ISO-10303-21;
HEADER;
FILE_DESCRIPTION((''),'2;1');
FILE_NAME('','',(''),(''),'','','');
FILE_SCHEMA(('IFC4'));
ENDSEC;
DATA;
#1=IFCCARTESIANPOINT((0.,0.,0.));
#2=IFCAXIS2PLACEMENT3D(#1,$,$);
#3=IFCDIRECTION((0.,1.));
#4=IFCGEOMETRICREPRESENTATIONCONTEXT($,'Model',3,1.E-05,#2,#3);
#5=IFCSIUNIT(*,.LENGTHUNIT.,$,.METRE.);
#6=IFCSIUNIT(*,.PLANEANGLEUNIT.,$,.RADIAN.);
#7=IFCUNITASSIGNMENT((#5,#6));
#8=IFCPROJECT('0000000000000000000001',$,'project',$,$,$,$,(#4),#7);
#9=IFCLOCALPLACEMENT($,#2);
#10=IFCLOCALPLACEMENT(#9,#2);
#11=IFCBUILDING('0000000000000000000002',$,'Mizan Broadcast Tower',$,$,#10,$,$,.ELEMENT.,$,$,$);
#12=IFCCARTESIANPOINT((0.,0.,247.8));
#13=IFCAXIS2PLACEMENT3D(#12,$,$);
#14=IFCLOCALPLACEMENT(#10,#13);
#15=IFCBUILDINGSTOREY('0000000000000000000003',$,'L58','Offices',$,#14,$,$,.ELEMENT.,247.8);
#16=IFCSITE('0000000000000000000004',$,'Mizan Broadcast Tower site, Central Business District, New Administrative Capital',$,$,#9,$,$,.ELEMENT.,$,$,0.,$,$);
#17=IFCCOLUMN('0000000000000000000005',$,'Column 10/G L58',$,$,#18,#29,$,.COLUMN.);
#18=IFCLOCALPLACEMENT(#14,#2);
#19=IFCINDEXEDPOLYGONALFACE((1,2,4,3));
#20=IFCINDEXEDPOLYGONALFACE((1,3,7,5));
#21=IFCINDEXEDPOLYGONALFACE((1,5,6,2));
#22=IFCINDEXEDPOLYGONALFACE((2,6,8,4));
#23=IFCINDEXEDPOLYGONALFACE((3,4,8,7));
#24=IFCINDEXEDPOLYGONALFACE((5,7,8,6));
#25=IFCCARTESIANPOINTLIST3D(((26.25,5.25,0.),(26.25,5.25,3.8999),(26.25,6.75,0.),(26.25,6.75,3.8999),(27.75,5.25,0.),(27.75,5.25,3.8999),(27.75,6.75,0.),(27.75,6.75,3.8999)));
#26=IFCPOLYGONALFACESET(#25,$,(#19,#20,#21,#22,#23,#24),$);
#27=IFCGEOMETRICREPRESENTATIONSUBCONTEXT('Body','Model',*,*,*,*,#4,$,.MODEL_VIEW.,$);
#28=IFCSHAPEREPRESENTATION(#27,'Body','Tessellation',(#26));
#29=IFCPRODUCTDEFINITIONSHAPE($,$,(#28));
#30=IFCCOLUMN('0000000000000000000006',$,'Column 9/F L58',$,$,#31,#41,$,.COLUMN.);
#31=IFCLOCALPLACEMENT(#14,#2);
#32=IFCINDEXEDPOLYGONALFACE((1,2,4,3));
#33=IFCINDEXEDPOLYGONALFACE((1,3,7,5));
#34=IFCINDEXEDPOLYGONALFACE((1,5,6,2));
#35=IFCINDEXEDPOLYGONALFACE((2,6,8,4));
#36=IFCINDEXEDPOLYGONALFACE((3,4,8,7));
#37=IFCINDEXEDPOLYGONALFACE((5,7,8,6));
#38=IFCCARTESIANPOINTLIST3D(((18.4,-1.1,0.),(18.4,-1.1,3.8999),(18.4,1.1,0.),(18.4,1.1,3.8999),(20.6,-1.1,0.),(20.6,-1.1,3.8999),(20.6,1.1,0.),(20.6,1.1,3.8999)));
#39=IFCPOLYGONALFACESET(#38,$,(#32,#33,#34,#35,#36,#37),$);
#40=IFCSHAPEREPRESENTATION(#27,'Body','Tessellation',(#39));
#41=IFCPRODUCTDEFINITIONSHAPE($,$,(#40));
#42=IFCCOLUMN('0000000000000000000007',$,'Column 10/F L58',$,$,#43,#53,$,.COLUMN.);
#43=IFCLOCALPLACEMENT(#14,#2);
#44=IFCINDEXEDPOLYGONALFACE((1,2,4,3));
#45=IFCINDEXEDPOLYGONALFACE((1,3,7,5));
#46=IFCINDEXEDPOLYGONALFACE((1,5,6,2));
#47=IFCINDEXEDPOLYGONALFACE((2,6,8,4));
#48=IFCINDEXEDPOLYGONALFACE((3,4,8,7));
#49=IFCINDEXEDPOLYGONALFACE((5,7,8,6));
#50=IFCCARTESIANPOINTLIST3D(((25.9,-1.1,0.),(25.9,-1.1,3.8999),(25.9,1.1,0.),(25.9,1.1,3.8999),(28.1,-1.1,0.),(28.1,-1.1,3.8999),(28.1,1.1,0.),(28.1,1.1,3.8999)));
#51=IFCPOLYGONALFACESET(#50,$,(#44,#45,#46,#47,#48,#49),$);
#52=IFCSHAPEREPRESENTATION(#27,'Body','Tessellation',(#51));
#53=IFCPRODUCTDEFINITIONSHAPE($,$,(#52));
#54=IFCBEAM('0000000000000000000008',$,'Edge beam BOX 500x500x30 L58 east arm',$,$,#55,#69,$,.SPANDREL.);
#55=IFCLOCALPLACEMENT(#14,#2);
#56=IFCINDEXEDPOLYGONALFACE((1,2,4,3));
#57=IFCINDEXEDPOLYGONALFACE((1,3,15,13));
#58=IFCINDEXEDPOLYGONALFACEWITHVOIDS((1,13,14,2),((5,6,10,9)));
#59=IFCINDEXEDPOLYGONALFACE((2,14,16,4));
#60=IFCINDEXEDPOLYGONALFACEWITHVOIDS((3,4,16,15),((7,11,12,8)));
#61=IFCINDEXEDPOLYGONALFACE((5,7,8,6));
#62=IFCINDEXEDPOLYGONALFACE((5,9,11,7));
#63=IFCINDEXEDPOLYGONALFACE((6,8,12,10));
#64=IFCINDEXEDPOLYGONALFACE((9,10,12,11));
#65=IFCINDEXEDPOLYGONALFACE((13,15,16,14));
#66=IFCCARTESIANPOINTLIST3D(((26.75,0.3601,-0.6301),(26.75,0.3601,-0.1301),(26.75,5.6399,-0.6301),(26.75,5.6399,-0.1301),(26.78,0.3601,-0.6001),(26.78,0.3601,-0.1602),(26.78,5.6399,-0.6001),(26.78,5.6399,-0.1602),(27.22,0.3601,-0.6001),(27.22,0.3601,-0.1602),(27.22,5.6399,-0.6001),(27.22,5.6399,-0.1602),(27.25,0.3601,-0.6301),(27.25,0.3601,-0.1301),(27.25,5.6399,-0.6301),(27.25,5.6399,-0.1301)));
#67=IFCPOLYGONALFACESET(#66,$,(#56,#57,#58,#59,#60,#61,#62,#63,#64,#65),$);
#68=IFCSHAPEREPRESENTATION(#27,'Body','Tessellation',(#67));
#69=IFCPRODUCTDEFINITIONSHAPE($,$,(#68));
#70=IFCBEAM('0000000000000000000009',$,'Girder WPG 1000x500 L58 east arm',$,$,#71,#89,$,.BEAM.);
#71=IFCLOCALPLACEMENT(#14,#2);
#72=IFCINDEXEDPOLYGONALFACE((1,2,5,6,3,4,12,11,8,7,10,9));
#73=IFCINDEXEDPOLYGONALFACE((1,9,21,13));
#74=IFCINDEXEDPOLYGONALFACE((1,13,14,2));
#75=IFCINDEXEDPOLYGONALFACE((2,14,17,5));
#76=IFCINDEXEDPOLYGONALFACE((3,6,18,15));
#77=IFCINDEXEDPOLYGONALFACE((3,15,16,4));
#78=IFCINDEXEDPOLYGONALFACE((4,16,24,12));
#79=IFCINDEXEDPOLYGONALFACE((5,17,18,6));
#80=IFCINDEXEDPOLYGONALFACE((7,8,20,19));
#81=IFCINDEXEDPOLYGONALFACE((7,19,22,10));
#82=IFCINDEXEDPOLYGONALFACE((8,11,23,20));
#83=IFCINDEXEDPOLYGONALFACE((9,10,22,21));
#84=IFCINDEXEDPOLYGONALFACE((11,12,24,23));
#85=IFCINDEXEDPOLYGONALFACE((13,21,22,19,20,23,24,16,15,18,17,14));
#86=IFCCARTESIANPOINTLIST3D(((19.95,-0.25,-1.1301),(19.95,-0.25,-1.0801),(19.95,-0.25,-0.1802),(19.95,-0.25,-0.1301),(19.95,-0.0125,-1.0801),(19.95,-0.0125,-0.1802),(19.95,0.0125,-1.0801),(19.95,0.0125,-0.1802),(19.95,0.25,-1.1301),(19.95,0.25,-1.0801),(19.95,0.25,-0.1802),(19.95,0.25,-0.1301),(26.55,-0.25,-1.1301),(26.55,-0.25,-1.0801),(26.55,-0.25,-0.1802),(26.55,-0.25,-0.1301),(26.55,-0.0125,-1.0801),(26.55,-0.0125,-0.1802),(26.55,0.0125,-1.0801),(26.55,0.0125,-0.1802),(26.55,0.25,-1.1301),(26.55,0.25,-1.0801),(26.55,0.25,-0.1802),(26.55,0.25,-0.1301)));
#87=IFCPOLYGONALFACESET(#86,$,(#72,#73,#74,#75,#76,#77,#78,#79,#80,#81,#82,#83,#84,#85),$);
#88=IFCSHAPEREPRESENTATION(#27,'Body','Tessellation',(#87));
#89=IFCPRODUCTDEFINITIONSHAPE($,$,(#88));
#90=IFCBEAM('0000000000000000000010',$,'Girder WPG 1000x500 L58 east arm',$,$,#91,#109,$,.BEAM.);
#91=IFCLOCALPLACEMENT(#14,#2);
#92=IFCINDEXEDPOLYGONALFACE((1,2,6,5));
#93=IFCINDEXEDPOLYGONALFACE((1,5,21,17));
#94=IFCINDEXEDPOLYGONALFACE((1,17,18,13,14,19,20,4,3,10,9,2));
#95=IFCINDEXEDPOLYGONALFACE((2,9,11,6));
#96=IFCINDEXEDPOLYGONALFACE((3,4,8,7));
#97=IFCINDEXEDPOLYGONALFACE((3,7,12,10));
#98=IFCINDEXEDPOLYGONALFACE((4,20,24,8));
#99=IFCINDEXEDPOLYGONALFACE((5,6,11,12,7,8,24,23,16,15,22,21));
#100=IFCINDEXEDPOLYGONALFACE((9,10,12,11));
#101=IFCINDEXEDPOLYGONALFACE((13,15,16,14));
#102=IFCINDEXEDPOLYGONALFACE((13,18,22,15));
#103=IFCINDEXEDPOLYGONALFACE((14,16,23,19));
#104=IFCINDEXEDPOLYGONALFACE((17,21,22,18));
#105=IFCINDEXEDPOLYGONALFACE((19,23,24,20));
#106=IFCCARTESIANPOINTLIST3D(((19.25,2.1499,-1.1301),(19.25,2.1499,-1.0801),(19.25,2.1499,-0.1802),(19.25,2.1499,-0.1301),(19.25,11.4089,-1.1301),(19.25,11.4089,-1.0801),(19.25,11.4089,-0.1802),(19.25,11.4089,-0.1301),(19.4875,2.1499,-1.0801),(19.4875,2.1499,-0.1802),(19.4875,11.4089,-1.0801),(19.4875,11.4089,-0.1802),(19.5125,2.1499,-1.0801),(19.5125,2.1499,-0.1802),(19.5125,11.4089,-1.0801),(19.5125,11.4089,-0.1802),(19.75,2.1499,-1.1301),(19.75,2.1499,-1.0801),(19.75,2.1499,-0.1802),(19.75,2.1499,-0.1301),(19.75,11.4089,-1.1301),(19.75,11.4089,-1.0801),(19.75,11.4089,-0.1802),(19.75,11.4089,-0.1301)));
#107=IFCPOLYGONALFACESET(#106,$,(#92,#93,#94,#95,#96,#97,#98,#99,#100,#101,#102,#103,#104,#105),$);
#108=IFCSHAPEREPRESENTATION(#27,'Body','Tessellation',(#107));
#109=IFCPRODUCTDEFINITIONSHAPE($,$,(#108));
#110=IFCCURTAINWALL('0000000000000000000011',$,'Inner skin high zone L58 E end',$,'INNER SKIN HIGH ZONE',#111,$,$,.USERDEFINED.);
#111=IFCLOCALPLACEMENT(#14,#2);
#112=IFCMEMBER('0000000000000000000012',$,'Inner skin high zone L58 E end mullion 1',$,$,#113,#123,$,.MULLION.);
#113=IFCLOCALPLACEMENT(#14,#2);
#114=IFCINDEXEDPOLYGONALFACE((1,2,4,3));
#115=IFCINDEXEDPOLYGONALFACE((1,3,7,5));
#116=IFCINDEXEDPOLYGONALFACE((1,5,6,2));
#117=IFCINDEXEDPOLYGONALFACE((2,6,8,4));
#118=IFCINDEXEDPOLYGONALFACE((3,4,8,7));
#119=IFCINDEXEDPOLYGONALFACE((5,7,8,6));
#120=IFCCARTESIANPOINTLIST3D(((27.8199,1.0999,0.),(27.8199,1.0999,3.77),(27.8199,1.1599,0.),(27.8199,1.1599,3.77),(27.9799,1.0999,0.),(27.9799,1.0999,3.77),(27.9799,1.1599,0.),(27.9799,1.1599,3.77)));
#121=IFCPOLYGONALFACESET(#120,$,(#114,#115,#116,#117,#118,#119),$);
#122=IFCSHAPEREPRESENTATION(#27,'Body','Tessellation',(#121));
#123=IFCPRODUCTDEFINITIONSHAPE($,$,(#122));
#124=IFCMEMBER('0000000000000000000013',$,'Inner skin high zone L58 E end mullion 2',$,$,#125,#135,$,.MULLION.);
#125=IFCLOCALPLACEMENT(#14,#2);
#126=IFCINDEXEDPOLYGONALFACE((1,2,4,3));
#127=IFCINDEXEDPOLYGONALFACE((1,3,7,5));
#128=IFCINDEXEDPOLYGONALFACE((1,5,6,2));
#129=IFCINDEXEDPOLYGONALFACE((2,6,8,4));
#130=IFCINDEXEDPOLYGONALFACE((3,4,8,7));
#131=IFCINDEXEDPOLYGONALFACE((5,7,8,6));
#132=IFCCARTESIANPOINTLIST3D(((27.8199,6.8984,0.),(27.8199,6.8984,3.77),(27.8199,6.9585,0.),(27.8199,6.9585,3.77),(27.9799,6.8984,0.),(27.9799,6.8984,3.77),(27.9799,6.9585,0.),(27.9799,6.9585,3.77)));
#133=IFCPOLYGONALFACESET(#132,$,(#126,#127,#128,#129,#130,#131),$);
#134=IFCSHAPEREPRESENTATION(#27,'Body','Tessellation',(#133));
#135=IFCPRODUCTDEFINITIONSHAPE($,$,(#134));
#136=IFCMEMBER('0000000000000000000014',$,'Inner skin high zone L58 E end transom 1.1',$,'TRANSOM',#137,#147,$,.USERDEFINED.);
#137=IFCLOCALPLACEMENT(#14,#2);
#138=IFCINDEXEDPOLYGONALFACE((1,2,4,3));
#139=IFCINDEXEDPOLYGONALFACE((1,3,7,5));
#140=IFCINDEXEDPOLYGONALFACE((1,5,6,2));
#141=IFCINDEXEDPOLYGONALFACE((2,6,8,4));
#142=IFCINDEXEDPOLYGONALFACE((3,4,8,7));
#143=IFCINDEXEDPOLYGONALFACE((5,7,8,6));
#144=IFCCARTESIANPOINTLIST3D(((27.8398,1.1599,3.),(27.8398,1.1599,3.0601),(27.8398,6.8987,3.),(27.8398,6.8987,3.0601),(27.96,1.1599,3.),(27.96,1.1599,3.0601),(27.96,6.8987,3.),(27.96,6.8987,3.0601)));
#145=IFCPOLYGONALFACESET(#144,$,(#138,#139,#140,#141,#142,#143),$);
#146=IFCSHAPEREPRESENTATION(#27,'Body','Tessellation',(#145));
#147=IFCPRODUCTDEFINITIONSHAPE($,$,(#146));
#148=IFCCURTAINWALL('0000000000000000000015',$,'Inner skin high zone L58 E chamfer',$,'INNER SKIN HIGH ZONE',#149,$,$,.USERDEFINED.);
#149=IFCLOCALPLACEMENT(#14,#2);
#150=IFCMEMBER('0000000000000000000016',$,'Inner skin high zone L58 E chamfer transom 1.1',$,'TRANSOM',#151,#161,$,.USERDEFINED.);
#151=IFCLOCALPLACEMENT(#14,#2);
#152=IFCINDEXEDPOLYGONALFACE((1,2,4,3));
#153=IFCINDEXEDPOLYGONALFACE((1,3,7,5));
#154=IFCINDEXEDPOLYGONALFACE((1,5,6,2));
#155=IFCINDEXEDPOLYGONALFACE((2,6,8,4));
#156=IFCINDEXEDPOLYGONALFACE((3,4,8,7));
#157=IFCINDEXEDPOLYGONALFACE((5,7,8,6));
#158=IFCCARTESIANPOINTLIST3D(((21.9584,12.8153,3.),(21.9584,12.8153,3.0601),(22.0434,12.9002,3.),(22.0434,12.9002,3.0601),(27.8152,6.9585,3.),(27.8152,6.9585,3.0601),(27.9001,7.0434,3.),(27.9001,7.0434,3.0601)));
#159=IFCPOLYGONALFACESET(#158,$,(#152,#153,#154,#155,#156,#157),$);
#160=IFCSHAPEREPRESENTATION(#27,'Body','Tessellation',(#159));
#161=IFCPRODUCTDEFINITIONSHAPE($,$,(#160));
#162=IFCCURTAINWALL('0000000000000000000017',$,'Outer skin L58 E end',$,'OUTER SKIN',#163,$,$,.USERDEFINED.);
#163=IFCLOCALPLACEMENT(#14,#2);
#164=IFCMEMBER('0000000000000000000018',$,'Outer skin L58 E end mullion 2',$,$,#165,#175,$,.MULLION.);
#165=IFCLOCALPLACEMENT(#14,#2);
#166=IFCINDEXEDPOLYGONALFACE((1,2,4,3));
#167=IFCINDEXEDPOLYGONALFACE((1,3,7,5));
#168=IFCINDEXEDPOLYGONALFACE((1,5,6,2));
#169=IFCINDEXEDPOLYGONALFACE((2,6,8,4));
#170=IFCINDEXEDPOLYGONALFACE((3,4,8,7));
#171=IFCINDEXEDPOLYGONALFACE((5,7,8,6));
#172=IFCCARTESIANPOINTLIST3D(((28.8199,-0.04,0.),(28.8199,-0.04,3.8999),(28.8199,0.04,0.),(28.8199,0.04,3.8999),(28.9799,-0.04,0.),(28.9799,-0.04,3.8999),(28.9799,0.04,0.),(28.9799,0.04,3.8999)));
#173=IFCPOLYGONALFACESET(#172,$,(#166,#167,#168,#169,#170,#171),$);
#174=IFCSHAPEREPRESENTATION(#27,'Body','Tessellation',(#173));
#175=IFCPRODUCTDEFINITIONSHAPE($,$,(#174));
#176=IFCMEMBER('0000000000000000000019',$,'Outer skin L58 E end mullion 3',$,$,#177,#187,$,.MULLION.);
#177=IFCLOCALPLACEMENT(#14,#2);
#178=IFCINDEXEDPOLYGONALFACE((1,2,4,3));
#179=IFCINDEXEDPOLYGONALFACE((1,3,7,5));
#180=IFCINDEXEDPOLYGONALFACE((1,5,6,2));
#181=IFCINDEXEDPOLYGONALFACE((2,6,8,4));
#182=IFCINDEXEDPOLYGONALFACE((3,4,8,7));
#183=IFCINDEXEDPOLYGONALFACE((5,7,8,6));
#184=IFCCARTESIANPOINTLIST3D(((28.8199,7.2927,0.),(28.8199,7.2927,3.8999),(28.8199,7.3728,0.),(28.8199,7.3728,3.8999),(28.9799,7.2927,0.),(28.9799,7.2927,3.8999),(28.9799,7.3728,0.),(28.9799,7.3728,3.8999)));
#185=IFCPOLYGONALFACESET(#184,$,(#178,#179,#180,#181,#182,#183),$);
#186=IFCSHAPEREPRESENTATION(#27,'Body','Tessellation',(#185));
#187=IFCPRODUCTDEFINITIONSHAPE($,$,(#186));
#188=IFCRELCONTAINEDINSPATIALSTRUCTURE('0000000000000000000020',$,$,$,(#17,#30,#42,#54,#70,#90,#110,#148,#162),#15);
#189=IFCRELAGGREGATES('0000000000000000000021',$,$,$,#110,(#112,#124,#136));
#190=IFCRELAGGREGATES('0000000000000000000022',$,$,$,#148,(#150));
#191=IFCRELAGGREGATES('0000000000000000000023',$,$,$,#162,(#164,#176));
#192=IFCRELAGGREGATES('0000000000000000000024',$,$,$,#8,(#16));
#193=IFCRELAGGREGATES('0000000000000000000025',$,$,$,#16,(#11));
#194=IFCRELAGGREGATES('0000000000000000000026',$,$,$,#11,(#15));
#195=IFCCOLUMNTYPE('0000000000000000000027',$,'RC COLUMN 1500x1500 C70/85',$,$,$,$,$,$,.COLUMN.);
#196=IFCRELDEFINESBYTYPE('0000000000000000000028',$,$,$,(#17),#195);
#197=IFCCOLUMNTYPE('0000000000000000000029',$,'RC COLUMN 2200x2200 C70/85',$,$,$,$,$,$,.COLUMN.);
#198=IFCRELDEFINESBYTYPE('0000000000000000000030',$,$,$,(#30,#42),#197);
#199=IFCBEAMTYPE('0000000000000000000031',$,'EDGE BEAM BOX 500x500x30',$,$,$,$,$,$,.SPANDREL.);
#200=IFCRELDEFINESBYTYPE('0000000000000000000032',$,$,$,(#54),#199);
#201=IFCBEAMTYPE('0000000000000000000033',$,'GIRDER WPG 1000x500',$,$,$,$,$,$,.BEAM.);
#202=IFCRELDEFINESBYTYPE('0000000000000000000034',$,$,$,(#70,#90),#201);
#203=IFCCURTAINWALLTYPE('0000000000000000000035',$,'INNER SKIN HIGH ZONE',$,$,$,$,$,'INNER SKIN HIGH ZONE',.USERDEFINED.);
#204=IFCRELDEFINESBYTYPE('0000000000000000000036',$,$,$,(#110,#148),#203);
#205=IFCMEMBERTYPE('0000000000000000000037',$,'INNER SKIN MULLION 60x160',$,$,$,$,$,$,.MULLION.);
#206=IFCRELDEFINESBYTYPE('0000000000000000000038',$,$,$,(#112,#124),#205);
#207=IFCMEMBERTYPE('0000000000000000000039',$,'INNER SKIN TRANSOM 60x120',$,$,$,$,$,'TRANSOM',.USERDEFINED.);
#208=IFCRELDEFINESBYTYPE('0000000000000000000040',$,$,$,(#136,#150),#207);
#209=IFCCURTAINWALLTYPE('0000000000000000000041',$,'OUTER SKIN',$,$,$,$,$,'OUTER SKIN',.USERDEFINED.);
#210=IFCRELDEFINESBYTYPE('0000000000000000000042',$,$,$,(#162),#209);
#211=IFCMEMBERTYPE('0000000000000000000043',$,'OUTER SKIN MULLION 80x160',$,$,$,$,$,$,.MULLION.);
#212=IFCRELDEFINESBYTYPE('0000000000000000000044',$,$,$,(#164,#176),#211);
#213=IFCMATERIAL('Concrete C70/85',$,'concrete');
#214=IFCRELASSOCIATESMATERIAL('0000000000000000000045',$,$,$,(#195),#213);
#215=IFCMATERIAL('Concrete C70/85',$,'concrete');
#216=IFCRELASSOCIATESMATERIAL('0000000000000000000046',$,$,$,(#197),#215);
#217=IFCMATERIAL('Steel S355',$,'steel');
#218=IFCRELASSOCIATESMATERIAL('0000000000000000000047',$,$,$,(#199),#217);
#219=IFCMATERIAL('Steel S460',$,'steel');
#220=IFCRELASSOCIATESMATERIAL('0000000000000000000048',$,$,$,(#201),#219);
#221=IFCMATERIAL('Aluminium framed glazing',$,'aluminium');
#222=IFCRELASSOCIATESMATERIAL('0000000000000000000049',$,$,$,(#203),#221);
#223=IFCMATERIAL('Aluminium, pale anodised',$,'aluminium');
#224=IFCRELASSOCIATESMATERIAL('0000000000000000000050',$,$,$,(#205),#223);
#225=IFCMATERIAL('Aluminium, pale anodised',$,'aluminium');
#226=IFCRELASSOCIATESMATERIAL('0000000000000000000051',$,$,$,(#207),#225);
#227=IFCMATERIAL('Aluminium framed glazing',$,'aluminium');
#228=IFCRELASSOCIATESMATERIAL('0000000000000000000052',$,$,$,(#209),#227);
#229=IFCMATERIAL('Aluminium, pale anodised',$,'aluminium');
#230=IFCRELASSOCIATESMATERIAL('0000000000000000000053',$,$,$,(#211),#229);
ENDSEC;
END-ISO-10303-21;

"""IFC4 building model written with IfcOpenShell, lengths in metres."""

from ifc_helpers import new_model, si_unit, direction, frame, origin, origin_2d, place, context, subcontext, project, spatial, rectangle, hollow_rectangle, i_section, extrude, material, material_profile, profile_set, type_object, element, aggregate, save


model = new_model("IFC4")

# Units and contexts
model_context = context("Model", 3, precision=1e-05, world=origin(), true_north=direction((0.0, 1.0)))
body_context = subcontext(model_context, "Body", "Model", "MODEL_VIEW")
ifc_project = project(units=[si_unit("LENGTHUNIT", "METRE"), si_unit("PLANEANGLEUNIT", "RADIAN")], contexts=[model_context])

# Site, building, storey
site_placement = place(None, origin())
site = spatial("IfcSite", under=ifc_project, at=site_placement, Name="Mizan Broadcast Tower site, Central Business District, New Administrative Capital", CompositionType="ELEMENT", RefElevation=0.0)
building_placement = place(site_placement, origin())
building = spatial("IfcBuilding", under=site, at=building_placement, Name="Mizan Broadcast Tower", CompositionType="ELEMENT")
storey_placement = place(building_placement, frame((0.0, 0.0, 247.8)))
storey = spatial("IfcBuildingStorey", under=building, at=storey_placement, Name="L58", Description="Offices", CompositionType="ELEMENT", Elevation=247.8)

# Columns
ifc_material_1 = material(Name="Concrete C70/85", Category="concrete")
ifc_material_profile_1 = material_profile(ifc_material_1, rectangle(XDim=1.5, YDim=1.5, at=origin_2d()), Name="RC 1500x1500")
ifc_profile_set_1 = profile_set([ifc_material_profile_1], Name="Concrete C70/85")
column_type_1 = type_object("IfcColumnType", Name="RC COLUMN 1500x1500 C70/85", PredefinedType="COLUMN", material=ifc_profile_set_1)
column_placement = place(storey_placement, frame((27.0, 6.0, 0.0), z_axis=(0.0, 0.0, 1.0), x_axis=(1.0, 0.0, 0.0)))
element("IfcColumn", 1, at=column_placement, inside=storey, type_object=column_type_1, Name="Column 10/G L58", PredefinedType="COLUMN", context=body_context, shape_type="SweptSolid", body=[
    extrude(rectangle(XDim=1.5, YDim=1.5, at=origin_2d()), origin(), (0.0, 0.0, 1.0), 3.8999),
])
ifc_material_2 = material(Name="Concrete C70/85", Category="concrete")
ifc_material_profile_2 = material_profile(ifc_material_2, rectangle(XDim=2.2, YDim=2.2, at=origin_2d()), Name="RC 2200x2200")
ifc_profile_set_2 = profile_set([ifc_material_profile_2], Name="Concrete C70/85")
column_type_2 = type_object("IfcColumnType", Name="RC COLUMN 2200x2200 C70/85", PredefinedType="COLUMN", material=ifc_profile_set_2)
for number, where, z_axis, x_axis, name in (
    (2, (19.5, 0.0, 0.0), (0.0, 0.0, 1.0), (1.0, 0.0, 0.0), "Column 9/F L58"),
    (3, (27.0, 0.0, 0.0), (0.0, 0.0, 1.0), (1.0, 0.0, 0.0), "Column 10/F L58"),
):
    element("IfcColumn", number, at=place(storey_placement, frame(where, z_axis=z_axis, x_axis=x_axis)), inside=storey, type_object=column_type_2, Name=name, PredefinedType="COLUMN", context=body_context, shape_type="SweptSolid", body=[
        extrude(rectangle(XDim=2.2, YDim=2.2, at=origin_2d()), origin(), (0.0, 0.0, 1.0), 3.8999),
    ])

# Beams
ifc_material_3 = material(Name="Steel S355", Category="steel")
ifc_material_profile_3 = material_profile(ifc_material_3, hollow_rectangle(XDim=0.5, YDim=0.5, WallThickness=0.03, at=origin_2d()), Name="BOX 500x500x30")
ifc_profile_set_3 = profile_set([ifc_material_profile_3], Name="Steel S355")
beam_type_1 = type_object("IfcBeamType", Name="EDGE BEAM BOX 500x500x30", PredefinedType="SPANDREL", material=ifc_profile_set_3)
beam_1_placement = place(storey_placement, frame((27.0, 5.6399, -0.3801), z_axis=(0.0, -1.0, 0.0), x_axis=(1.0, 0.0, 0.0)))
element("IfcBeam", 4, at=beam_1_placement, inside=storey, type_object=beam_type_1, Name="Edge beam BOX 500x500x30 L58 east arm", PredefinedType="SPANDREL", context=body_context, shape_type="SweptSolid", body=[
    extrude(hollow_rectangle(XDim=0.5, YDim=0.5, WallThickness=0.03, at=origin_2d()), origin(), (0.0, 0.0, 1.0), 5.2798),
])
ifc_material_4 = material(Name="Steel S460", Category="steel")
ifc_material_profile_4 = material_profile(ifc_material_4, i_section(OverallWidth=0.5, OverallDepth=1.0, WebThickness=0.0249, FlangeThickness=0.05, at=origin_2d()), Name="WPG 1000x500")
ifc_profile_set_4 = profile_set([ifc_material_profile_4], Name="Steel S460")
beam_type_2 = type_object("IfcBeamType", Name="GIRDER WPG 1000x500", PredefinedType="BEAM", material=ifc_profile_set_4)
beam_2_placement = place(storey_placement, frame((19.95, 0.0, -0.6301), z_axis=(1.0, 0.0, 0.0), x_axis=(0.0, 1.0, 0.0)))
element("IfcBeam", 5, at=beam_2_placement, inside=storey, type_object=beam_type_2, Name="Girder WPG 1000x500 L58 east arm", PredefinedType="BEAM", context=body_context, shape_type="SweptSolid", body=[
    extrude(i_section(OverallWidth=0.5, OverallDepth=1.0, WebThickness=0.0249, FlangeThickness=0.05, at=origin_2d()), origin(), (0.0, 0.0, 1.0), 6.6001),
])
beam_3_placement = place(storey_placement, frame((19.5, 11.4089, -0.6301), z_axis=(0.0, -1.0, 0.0), x_axis=(1.0, 0.0, 0.0)))
element("IfcBeam", 6, at=beam_3_placement, inside=storey, type_object=beam_type_2, Name="Girder WPG 1000x500 L58 east arm", PredefinedType="BEAM", context=body_context, shape_type="SweptSolid", body=[
    extrude(i_section(OverallWidth=0.5, OverallDepth=1.0, WebThickness=0.0249, FlangeThickness=0.05, at=origin_2d()), origin(), (0.0, 0.0, 1.0), 9.259),
])

# Curtain wall, members
ifc_material_5 = material(Name="Aluminium framed glazing", Category="aluminium")
curtain_wall_type_1 = type_object("IfcCurtainWallType", Name="INNER SKIN HIGH ZONE", ElementType="INNER SKIN HIGH ZONE", PredefinedType="USERDEFINED", material=ifc_material_5)
curtain_wall_1_placement = place(storey_placement, origin())
curtain_wall_1 = element("IfcCurtainWall", 7, at=curtain_wall_1_placement, inside=storey, type_object=curtain_wall_type_1, Name="Inner skin high zone L58 E end", ObjectType="INNER SKIN HIGH ZONE", PredefinedType="USERDEFINED")
ifc_material_6 = material(Name="Aluminium, pale anodised", Category="aluminium")
ifc_material_profile_5 = material_profile(ifc_material_6, rectangle(XDim=0.1599, YDim=0.0601, at=origin_2d()), Name="MULLION 160x60")
ifc_profile_set_5 = profile_set([ifc_material_profile_5], Name="Aluminium, pale anodised")
member_type_1 = type_object("IfcMemberType", Name="INNER SKIN MULLION 60x160", PredefinedType="MULLION", material=ifc_profile_set_5)
member_1_placement = place(storey_placement, frame((27.8999, 1.1299, 0.0), z_axis=(0.0, 0.0, 1.0), x_axis=(-1.0, 0.0, 0.0)))
member_1 = element("IfcMember", 8, at=member_1_placement, type_object=member_type_1, Name="Inner skin high zone L58 E end mullion 1", PredefinedType="MULLION", context=body_context, shape_type="SweptSolid", body=[
    extrude(rectangle(XDim=0.1599, YDim=0.0601, at=origin_2d()), origin(), (0.0, 0.0, 1.0), 3.77),
])
member_2_placement = place(storey_placement, frame((27.8999, 6.9285, 0.0), z_axis=(0.0, 0.0, 1.0), x_axis=(-1.0, 0.0, 0.0)))
member_2 = element("IfcMember", 9, at=member_2_placement, type_object=member_type_1, Name="Inner skin high zone L58 E end mullion 2", PredefinedType="MULLION", context=body_context, shape_type="SweptSolid", body=[
    extrude(rectangle(XDim=0.1599, YDim=0.0601, at=origin_2d()), origin(), (0.0, 0.0, 1.0), 3.77),
])
ifc_material_7 = material(Name="Aluminium, pale anodised", Category="aluminium")
ifc_material_profile_6 = material_profile(ifc_material_7, rectangle(XDim=0.1201, YDim=0.0601, at=origin_2d()), Name="TRANSOM 120x60")
ifc_profile_set_6 = profile_set([ifc_material_profile_6], Name="Aluminium, pale anodised")
member_type_2 = type_object("IfcMemberType", Name="INNER SKIN TRANSOM 60x120", ElementType="TRANSOM", PredefinedType="USERDEFINED", material=ifc_profile_set_6)
member_3_placement = place(storey_placement, frame((27.8999, 1.1599, 3.03), z_axis=(0.0, 1.0, 0.0), x_axis=(-1.0, 0.0, 0.0)))
member_3 = element("IfcMember", 10, at=member_3_placement, type_object=member_type_2, Name="Inner skin high zone L58 E end transom 1.1", ObjectType="TRANSOM", PredefinedType="USERDEFINED", context=body_context, shape_type="SweptSolid", body=[
    extrude(rectangle(XDim=0.1201, YDim=0.0601, at=origin_2d()), origin(), (0.0, 0.0, 1.0), 5.7388),
])

# Curtain wall, member
curtain_wall_2_placement = place(storey_placement, origin())
curtain_wall_2 = element("IfcCurtainWall", 11, at=curtain_wall_2_placement, inside=storey, type_object=curtain_wall_type_1, Name="Inner skin high zone L58 E chamfer", ObjectType="INNER SKIN HIGH ZONE", PredefinedType="USERDEFINED")
member_4_placement = place(storey_placement, frame((27.8577, 7.001, 3.03), z_axis=(-0.707107, 0.707107, 0.0), x_axis=(-0.707107, -0.707107, 0.0)))
member_4 = element("IfcMember", 12, at=member_4_placement, type_object=member_type_2, Name="Inner skin high zone L58 E chamfer transom 1.1", ObjectType="TRANSOM", PredefinedType="USERDEFINED", context=body_context, shape_type="SweptSolid", body=[
    extrude(rectangle(XDim=0.1201, YDim=0.0601, at=origin_2d()), origin(), (0.0, 0.0, 1.0), 8.2827),
])

# Curtain wall, members
ifc_material_8 = material(Name="Aluminium framed glazing", Category="aluminium")
curtain_wall_type_2 = type_object("IfcCurtainWallType", Name="OUTER SKIN", ElementType="OUTER SKIN", PredefinedType="USERDEFINED", material=ifc_material_8)
curtain_wall_3_placement = place(storey_placement, origin())
curtain_wall_3 = element("IfcCurtainWall", 13, at=curtain_wall_3_placement, inside=storey, type_object=curtain_wall_type_2, Name="Outer skin L58 E end", ObjectType="OUTER SKIN", PredefinedType="USERDEFINED")
ifc_material_9 = material(Name="Aluminium, pale anodised", Category="aluminium")
ifc_material_profile_7 = material_profile(ifc_material_9, rectangle(XDim=0.1599, YDim=0.0801, at=origin_2d()), Name="MULLION 160x80")
ifc_profile_set_7 = profile_set([ifc_material_profile_7], Name="Aluminium, pale anodised")
member_type_3 = type_object("IfcMemberType", Name="OUTER SKIN MULLION 80x160", PredefinedType="MULLION", material=ifc_profile_set_7)
member_5_placement = place(storey_placement, frame((28.8999, 0.0, 0.0), z_axis=(0.0, 0.0, 1.0), x_axis=(-1.0, 0.0, 0.0)))
member_5 = element("IfcMember", 14, at=member_5_placement, type_object=member_type_3, Name="Outer skin L58 E end mullion 2", PredefinedType="MULLION", context=body_context, shape_type="SweptSolid", body=[
    extrude(rectangle(XDim=0.1599, YDim=0.0801, at=origin_2d()), origin(), (0.0, 0.0, 1.0), 3.8999),
])
member_6_placement = place(storey_placement, frame((28.8999, 7.3328, 0.0), z_axis=(0.0, 0.0, 1.0), x_axis=(-1.0, 0.0, 0.0)))
member_6 = element("IfcMember", 15, at=member_6_placement, type_object=member_type_3, Name="Outer skin L58 E end mullion 3", PredefinedType="MULLION", context=body_context, shape_type="SweptSolid", body=[
    extrude(rectangle(XDim=0.1599, YDim=0.0801, at=origin_2d()), origin(), (0.0, 0.0, 1.0), 3.8999),
])

aggregate(curtain_wall_1, [member_1, member_2, member_3])
aggregate(curtain_wall_2, [member_4])
aggregate(curtain_wall_3, [member_5, member_6])

save(model, "model.ifc")
